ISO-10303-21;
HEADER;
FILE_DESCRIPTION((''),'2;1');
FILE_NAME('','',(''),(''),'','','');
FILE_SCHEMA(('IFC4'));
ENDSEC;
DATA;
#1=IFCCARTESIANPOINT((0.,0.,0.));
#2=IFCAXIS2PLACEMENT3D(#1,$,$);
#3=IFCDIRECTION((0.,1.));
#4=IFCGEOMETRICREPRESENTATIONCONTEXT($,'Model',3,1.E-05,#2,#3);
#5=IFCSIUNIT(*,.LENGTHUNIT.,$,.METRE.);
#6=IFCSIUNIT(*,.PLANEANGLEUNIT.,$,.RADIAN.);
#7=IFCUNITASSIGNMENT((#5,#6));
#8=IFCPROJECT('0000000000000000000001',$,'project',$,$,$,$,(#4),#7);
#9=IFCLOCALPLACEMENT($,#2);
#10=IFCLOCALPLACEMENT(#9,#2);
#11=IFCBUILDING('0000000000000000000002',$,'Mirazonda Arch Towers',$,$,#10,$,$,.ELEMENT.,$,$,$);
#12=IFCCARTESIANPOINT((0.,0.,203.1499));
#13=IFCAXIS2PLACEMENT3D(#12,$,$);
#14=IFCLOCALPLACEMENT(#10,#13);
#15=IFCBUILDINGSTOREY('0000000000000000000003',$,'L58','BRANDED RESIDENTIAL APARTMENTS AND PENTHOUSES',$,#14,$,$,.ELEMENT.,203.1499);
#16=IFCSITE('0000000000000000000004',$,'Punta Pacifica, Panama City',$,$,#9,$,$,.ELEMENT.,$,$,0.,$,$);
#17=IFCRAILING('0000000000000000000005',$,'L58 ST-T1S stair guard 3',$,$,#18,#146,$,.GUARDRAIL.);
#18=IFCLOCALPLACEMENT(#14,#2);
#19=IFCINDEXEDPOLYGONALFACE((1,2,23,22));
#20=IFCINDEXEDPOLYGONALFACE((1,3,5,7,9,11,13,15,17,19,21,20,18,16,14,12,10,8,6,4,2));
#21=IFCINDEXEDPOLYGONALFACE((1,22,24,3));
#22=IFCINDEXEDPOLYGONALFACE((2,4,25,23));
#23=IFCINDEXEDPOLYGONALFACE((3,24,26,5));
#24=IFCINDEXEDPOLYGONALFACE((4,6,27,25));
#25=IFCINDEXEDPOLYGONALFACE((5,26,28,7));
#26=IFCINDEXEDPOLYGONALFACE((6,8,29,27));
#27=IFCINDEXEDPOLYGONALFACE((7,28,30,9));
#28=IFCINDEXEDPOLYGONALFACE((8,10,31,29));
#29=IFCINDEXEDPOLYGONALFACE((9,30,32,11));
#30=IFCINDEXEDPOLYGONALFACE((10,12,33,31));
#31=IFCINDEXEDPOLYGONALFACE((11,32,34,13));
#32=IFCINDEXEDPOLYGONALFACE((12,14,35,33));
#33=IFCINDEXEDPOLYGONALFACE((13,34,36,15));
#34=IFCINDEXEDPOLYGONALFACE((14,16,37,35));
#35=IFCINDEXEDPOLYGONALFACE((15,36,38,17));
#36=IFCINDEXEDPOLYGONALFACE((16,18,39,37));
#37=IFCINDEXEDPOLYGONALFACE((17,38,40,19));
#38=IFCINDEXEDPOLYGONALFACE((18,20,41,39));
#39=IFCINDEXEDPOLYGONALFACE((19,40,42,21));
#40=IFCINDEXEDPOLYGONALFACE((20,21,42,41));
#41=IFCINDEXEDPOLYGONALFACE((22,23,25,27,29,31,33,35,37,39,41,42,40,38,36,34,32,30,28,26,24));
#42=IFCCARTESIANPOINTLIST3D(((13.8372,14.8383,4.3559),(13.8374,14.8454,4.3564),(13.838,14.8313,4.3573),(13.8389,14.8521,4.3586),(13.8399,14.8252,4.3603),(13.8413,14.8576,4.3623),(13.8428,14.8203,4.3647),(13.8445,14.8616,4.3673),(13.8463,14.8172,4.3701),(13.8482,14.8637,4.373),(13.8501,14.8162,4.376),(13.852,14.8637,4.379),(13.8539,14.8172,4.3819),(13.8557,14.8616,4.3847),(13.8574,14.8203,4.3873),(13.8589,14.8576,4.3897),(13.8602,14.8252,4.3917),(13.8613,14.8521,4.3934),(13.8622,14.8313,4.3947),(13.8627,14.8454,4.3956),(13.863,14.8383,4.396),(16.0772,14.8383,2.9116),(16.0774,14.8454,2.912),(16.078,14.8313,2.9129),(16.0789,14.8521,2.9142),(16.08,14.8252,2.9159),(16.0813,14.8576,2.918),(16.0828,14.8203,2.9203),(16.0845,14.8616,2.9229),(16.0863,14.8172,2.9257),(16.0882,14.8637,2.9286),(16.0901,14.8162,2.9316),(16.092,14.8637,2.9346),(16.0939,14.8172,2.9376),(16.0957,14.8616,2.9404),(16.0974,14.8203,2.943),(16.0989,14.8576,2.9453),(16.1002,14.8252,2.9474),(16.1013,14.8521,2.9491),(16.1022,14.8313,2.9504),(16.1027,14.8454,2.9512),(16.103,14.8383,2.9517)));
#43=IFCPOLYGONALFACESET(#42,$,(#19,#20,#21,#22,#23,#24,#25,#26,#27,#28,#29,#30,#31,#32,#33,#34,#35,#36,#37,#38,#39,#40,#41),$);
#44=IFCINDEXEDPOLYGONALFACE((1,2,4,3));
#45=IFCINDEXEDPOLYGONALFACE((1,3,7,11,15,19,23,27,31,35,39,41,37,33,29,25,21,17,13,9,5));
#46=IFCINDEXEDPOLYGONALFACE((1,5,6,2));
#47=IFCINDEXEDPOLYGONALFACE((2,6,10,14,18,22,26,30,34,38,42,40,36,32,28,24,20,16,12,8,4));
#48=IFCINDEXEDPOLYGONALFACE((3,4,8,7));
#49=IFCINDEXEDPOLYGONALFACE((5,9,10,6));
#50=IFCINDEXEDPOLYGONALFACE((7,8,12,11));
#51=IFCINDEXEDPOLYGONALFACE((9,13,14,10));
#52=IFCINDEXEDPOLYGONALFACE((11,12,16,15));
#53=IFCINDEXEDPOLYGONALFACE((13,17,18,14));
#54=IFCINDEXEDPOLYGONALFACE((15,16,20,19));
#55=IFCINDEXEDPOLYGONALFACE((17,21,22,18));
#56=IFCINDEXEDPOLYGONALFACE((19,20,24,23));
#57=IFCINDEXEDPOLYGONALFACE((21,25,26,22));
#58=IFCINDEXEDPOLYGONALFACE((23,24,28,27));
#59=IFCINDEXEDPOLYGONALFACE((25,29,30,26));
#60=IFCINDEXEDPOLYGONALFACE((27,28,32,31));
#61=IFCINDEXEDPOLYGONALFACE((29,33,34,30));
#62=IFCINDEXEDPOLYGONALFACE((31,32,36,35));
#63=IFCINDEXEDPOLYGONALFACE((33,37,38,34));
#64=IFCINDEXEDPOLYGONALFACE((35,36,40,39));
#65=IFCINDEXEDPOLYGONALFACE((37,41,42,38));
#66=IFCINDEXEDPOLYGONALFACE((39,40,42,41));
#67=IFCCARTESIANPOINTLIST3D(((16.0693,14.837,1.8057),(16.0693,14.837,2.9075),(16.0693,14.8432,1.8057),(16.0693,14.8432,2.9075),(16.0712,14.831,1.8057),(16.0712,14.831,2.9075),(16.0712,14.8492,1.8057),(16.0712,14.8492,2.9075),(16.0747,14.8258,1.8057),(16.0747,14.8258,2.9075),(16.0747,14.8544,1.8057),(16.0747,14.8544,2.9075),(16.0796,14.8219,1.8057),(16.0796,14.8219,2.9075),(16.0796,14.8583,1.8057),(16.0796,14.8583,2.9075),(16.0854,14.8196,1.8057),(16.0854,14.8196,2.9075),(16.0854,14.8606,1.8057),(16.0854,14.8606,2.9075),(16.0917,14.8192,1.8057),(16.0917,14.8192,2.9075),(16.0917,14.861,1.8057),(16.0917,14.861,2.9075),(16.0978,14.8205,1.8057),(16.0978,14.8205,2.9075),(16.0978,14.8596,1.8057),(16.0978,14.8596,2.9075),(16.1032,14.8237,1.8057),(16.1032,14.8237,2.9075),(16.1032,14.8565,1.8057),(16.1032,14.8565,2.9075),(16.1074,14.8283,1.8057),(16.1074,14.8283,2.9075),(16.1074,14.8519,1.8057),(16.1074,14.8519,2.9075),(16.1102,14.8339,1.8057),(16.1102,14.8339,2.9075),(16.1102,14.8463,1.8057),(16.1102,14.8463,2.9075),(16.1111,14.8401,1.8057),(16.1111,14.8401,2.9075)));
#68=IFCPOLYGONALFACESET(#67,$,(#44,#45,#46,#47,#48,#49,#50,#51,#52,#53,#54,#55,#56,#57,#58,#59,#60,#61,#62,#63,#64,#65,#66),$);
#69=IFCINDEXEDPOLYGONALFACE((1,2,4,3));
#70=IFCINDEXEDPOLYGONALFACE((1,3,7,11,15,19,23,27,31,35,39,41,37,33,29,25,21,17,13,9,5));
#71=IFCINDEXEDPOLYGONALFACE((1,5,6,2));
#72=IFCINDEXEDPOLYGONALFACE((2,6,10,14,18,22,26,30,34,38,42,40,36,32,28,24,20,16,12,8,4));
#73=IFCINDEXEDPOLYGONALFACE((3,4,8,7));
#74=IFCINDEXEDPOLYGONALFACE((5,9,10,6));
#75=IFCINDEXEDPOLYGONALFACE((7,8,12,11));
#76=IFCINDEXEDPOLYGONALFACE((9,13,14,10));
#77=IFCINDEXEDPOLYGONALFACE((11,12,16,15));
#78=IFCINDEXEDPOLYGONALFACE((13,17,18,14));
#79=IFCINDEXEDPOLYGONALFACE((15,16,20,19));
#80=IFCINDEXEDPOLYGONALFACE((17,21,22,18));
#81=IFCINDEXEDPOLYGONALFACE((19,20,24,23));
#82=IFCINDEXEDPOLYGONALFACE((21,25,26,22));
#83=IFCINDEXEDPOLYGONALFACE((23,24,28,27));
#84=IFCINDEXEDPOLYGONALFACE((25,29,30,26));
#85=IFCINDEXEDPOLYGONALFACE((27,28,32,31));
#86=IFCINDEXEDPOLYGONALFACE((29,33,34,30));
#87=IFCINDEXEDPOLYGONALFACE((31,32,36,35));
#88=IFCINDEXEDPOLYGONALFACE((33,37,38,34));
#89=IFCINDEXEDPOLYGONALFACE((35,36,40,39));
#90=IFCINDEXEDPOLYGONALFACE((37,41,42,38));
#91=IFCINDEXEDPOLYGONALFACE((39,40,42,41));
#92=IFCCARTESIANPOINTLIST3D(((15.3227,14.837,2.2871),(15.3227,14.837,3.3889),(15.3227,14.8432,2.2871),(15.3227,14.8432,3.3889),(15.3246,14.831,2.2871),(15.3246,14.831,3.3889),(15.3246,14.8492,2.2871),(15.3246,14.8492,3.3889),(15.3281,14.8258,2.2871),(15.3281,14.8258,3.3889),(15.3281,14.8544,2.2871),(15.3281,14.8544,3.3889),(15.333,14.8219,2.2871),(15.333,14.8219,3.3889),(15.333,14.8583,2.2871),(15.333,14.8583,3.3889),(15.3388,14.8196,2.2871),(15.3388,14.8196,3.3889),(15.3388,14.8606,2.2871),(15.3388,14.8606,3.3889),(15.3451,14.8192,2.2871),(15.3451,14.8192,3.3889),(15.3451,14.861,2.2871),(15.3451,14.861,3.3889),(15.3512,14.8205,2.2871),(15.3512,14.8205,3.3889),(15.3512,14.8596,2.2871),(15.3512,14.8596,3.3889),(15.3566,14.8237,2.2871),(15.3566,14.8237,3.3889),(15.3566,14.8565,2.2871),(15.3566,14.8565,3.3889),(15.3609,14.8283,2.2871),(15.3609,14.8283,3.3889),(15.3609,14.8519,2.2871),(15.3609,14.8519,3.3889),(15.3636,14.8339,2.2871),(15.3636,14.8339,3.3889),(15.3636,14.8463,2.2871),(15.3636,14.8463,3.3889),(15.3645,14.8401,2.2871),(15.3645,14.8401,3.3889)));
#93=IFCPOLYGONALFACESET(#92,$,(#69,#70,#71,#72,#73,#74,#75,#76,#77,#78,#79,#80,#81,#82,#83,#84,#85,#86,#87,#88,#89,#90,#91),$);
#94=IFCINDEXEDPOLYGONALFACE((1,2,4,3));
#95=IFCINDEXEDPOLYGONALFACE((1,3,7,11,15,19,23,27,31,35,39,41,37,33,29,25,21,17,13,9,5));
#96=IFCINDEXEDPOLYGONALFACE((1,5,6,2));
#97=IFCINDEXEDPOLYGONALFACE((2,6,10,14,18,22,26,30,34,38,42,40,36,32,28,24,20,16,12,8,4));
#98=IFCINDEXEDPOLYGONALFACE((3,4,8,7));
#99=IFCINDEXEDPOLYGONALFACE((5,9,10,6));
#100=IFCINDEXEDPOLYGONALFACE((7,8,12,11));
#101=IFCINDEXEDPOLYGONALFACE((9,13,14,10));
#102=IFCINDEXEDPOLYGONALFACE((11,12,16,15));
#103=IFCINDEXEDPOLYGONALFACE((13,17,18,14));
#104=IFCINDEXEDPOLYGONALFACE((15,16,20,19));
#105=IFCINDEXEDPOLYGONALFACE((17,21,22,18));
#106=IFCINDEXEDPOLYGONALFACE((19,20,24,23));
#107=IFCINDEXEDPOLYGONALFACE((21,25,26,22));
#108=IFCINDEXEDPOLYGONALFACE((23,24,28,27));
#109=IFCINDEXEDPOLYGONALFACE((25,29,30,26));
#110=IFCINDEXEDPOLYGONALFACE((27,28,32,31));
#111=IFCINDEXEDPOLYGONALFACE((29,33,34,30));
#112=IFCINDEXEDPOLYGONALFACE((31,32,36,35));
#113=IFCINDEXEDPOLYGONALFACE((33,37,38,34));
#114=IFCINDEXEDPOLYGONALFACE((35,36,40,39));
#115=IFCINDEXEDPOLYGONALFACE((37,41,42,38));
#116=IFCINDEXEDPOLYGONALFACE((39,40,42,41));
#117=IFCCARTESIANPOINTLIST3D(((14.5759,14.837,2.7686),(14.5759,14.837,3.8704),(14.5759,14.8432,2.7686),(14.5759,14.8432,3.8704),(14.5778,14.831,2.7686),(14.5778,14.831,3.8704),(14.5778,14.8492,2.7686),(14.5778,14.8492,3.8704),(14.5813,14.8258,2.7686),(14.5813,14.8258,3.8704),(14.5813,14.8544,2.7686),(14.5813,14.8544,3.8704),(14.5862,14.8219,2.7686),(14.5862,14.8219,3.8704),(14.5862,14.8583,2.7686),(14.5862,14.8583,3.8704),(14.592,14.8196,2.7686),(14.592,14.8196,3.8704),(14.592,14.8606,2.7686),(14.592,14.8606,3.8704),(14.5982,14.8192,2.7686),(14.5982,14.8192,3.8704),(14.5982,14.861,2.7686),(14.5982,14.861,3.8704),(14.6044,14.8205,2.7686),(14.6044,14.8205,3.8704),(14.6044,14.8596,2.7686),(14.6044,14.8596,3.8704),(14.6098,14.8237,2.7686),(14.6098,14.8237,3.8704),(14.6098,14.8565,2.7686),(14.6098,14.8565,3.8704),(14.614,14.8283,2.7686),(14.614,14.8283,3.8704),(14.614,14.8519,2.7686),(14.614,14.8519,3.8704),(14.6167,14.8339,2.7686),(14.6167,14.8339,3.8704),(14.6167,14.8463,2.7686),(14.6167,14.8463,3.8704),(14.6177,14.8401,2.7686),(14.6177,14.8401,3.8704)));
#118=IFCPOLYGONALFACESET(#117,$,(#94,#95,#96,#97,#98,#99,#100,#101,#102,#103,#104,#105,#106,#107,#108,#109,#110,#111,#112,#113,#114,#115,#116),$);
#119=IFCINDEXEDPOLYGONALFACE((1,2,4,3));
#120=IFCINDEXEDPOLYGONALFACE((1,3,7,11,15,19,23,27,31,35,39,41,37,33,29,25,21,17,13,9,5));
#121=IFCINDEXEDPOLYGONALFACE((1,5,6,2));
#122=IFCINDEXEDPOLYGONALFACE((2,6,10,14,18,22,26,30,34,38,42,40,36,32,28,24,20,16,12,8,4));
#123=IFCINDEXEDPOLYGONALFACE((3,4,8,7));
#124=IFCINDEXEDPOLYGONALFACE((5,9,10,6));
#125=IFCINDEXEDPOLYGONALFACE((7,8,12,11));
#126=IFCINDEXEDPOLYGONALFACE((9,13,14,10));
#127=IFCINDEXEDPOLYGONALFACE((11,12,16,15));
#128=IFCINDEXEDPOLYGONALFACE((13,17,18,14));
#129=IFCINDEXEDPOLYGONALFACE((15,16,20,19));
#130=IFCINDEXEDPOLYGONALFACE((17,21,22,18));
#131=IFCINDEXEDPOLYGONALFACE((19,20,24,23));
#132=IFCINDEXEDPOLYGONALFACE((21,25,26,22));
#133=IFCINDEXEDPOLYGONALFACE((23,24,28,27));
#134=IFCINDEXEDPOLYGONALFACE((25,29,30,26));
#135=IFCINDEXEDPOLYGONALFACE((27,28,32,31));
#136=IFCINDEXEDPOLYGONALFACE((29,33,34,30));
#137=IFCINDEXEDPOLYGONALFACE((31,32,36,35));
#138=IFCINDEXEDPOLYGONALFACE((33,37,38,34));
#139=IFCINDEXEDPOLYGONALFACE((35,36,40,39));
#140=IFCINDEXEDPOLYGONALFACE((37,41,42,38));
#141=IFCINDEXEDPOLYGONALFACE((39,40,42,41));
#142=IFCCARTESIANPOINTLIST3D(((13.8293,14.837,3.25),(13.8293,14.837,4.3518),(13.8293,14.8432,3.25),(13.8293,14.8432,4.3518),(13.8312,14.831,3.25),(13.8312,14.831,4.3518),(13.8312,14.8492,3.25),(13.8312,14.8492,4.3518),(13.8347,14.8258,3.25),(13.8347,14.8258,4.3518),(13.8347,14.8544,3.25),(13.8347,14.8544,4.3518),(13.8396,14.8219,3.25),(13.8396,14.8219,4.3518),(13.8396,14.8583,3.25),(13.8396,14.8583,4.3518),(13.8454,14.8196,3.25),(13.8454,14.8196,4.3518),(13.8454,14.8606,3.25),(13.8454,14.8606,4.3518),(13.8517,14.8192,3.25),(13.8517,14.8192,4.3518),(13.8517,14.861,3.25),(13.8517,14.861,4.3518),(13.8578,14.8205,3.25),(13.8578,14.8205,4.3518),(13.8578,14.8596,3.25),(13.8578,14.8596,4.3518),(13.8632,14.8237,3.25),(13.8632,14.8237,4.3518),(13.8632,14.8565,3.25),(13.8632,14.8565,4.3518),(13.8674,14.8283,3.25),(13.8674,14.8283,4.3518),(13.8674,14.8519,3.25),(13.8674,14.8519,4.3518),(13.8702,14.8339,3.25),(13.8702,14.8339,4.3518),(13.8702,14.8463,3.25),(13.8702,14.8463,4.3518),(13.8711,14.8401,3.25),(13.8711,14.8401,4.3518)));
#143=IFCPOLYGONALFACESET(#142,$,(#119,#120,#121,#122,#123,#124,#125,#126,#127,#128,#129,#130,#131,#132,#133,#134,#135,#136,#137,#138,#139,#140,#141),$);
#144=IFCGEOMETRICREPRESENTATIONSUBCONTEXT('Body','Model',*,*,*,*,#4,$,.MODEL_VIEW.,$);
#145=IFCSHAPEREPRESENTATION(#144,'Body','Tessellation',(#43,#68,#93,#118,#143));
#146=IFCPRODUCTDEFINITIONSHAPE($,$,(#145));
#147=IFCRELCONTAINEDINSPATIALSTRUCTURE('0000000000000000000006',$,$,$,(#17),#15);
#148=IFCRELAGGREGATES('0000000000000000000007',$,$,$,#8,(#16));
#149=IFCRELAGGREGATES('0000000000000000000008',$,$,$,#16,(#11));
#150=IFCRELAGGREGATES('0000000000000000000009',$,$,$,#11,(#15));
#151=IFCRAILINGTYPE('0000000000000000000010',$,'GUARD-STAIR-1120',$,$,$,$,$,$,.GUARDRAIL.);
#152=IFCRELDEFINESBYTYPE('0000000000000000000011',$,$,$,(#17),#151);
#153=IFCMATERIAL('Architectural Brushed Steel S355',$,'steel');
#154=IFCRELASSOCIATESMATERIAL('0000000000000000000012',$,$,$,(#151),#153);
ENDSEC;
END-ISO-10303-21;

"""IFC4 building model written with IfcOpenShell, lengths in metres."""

from ifc_helpers import new_model, si_unit, direction, frame, origin, origin_2d, place, context, subcontext, project, spatial, circle, extrude, material, type_object, element, save


model = new_model("IFC4")

# Units and contexts
model_context = context("Model", 3, precision=1e-05, world=origin(), true_north=direction((0.0, 1.0)))
body_context = subcontext(model_context, "Body", "Model", "MODEL_VIEW")
ifc_project = project(units=[si_unit("LENGTHUNIT", "METRE"), si_unit("PLANEANGLEUNIT", "RADIAN")], contexts=[model_context])

# Site, building, storey
site_placement = place(None, origin())
site = spatial("IfcSite", under=ifc_project, at=site_placement, Name="Punta Pacifica, Panama City", CompositionType="ELEMENT", RefElevation=0.0)
building_placement = place(site_placement, origin())
building = spatial("IfcBuilding", under=site, at=building_placement, Name="Mirazonda Arch Towers", CompositionType="ELEMENT")
storey_placement = place(building_placement, frame((0.0, 0.0, 203.1499)))
storey = spatial("IfcBuildingStorey", under=building, at=storey_placement, Name="L58", Description="BRANDED RESIDENTIAL APARTMENTS AND PENTHOUSES", CompositionType="ELEMENT", Elevation=203.1499)

# Shared definitions
ifc_material_1 = material(Name="Architectural Brushed Steel S355", Category="steel")

# Railing
railing_type_1 = type_object("IfcRailingType", Name="GUARD-STAIR-1120", PredefinedType="GUARDRAIL", material=ifc_material_1)
railing_1_placement = place(storey_placement, frame((16.0901, 14.8401, 1.8057)))
element("IfcRailing", 1, at=railing_1_placement, inside=storey, type_object=railing_type_1, Name="L58 ST-T1S stair guard 3", PredefinedType="GUARDRAIL", context=body_context, shape_type="SweptSolid", body=[
    extrude(circle(Radius=0.0239, at=origin_2d()), frame((0.0, 0.0, 1.126), z_axis=(-0.840437, 0.0, 0.54191), x_axis=(0.0, -1.0, 0.0)), (0.0, 0.0, 1.0), 2.6653),
    extrude(circle(Radius=0.021, at=origin_2d()), origin(), (0.0, 0.0, 1.0), 1.1018),
    extrude(circle(Radius=0.021, at=origin_2d()), frame((-0.7466, 0.0, 0.4814)), (0.0, 0.0, 1.0), 1.1018),
    extrude(circle(Radius=0.021, at=origin_2d()), frame((-1.4934, 0.0, 0.9629)), (0.0, 0.0, 1.0), 1.1018),
    extrude(circle(Radius=0.021, at=origin_2d()), frame((-2.24, 0.0, 1.4443)), (0.0, 0.0, 1.0), 1.1018),
])

save(model, "model.ifc")
